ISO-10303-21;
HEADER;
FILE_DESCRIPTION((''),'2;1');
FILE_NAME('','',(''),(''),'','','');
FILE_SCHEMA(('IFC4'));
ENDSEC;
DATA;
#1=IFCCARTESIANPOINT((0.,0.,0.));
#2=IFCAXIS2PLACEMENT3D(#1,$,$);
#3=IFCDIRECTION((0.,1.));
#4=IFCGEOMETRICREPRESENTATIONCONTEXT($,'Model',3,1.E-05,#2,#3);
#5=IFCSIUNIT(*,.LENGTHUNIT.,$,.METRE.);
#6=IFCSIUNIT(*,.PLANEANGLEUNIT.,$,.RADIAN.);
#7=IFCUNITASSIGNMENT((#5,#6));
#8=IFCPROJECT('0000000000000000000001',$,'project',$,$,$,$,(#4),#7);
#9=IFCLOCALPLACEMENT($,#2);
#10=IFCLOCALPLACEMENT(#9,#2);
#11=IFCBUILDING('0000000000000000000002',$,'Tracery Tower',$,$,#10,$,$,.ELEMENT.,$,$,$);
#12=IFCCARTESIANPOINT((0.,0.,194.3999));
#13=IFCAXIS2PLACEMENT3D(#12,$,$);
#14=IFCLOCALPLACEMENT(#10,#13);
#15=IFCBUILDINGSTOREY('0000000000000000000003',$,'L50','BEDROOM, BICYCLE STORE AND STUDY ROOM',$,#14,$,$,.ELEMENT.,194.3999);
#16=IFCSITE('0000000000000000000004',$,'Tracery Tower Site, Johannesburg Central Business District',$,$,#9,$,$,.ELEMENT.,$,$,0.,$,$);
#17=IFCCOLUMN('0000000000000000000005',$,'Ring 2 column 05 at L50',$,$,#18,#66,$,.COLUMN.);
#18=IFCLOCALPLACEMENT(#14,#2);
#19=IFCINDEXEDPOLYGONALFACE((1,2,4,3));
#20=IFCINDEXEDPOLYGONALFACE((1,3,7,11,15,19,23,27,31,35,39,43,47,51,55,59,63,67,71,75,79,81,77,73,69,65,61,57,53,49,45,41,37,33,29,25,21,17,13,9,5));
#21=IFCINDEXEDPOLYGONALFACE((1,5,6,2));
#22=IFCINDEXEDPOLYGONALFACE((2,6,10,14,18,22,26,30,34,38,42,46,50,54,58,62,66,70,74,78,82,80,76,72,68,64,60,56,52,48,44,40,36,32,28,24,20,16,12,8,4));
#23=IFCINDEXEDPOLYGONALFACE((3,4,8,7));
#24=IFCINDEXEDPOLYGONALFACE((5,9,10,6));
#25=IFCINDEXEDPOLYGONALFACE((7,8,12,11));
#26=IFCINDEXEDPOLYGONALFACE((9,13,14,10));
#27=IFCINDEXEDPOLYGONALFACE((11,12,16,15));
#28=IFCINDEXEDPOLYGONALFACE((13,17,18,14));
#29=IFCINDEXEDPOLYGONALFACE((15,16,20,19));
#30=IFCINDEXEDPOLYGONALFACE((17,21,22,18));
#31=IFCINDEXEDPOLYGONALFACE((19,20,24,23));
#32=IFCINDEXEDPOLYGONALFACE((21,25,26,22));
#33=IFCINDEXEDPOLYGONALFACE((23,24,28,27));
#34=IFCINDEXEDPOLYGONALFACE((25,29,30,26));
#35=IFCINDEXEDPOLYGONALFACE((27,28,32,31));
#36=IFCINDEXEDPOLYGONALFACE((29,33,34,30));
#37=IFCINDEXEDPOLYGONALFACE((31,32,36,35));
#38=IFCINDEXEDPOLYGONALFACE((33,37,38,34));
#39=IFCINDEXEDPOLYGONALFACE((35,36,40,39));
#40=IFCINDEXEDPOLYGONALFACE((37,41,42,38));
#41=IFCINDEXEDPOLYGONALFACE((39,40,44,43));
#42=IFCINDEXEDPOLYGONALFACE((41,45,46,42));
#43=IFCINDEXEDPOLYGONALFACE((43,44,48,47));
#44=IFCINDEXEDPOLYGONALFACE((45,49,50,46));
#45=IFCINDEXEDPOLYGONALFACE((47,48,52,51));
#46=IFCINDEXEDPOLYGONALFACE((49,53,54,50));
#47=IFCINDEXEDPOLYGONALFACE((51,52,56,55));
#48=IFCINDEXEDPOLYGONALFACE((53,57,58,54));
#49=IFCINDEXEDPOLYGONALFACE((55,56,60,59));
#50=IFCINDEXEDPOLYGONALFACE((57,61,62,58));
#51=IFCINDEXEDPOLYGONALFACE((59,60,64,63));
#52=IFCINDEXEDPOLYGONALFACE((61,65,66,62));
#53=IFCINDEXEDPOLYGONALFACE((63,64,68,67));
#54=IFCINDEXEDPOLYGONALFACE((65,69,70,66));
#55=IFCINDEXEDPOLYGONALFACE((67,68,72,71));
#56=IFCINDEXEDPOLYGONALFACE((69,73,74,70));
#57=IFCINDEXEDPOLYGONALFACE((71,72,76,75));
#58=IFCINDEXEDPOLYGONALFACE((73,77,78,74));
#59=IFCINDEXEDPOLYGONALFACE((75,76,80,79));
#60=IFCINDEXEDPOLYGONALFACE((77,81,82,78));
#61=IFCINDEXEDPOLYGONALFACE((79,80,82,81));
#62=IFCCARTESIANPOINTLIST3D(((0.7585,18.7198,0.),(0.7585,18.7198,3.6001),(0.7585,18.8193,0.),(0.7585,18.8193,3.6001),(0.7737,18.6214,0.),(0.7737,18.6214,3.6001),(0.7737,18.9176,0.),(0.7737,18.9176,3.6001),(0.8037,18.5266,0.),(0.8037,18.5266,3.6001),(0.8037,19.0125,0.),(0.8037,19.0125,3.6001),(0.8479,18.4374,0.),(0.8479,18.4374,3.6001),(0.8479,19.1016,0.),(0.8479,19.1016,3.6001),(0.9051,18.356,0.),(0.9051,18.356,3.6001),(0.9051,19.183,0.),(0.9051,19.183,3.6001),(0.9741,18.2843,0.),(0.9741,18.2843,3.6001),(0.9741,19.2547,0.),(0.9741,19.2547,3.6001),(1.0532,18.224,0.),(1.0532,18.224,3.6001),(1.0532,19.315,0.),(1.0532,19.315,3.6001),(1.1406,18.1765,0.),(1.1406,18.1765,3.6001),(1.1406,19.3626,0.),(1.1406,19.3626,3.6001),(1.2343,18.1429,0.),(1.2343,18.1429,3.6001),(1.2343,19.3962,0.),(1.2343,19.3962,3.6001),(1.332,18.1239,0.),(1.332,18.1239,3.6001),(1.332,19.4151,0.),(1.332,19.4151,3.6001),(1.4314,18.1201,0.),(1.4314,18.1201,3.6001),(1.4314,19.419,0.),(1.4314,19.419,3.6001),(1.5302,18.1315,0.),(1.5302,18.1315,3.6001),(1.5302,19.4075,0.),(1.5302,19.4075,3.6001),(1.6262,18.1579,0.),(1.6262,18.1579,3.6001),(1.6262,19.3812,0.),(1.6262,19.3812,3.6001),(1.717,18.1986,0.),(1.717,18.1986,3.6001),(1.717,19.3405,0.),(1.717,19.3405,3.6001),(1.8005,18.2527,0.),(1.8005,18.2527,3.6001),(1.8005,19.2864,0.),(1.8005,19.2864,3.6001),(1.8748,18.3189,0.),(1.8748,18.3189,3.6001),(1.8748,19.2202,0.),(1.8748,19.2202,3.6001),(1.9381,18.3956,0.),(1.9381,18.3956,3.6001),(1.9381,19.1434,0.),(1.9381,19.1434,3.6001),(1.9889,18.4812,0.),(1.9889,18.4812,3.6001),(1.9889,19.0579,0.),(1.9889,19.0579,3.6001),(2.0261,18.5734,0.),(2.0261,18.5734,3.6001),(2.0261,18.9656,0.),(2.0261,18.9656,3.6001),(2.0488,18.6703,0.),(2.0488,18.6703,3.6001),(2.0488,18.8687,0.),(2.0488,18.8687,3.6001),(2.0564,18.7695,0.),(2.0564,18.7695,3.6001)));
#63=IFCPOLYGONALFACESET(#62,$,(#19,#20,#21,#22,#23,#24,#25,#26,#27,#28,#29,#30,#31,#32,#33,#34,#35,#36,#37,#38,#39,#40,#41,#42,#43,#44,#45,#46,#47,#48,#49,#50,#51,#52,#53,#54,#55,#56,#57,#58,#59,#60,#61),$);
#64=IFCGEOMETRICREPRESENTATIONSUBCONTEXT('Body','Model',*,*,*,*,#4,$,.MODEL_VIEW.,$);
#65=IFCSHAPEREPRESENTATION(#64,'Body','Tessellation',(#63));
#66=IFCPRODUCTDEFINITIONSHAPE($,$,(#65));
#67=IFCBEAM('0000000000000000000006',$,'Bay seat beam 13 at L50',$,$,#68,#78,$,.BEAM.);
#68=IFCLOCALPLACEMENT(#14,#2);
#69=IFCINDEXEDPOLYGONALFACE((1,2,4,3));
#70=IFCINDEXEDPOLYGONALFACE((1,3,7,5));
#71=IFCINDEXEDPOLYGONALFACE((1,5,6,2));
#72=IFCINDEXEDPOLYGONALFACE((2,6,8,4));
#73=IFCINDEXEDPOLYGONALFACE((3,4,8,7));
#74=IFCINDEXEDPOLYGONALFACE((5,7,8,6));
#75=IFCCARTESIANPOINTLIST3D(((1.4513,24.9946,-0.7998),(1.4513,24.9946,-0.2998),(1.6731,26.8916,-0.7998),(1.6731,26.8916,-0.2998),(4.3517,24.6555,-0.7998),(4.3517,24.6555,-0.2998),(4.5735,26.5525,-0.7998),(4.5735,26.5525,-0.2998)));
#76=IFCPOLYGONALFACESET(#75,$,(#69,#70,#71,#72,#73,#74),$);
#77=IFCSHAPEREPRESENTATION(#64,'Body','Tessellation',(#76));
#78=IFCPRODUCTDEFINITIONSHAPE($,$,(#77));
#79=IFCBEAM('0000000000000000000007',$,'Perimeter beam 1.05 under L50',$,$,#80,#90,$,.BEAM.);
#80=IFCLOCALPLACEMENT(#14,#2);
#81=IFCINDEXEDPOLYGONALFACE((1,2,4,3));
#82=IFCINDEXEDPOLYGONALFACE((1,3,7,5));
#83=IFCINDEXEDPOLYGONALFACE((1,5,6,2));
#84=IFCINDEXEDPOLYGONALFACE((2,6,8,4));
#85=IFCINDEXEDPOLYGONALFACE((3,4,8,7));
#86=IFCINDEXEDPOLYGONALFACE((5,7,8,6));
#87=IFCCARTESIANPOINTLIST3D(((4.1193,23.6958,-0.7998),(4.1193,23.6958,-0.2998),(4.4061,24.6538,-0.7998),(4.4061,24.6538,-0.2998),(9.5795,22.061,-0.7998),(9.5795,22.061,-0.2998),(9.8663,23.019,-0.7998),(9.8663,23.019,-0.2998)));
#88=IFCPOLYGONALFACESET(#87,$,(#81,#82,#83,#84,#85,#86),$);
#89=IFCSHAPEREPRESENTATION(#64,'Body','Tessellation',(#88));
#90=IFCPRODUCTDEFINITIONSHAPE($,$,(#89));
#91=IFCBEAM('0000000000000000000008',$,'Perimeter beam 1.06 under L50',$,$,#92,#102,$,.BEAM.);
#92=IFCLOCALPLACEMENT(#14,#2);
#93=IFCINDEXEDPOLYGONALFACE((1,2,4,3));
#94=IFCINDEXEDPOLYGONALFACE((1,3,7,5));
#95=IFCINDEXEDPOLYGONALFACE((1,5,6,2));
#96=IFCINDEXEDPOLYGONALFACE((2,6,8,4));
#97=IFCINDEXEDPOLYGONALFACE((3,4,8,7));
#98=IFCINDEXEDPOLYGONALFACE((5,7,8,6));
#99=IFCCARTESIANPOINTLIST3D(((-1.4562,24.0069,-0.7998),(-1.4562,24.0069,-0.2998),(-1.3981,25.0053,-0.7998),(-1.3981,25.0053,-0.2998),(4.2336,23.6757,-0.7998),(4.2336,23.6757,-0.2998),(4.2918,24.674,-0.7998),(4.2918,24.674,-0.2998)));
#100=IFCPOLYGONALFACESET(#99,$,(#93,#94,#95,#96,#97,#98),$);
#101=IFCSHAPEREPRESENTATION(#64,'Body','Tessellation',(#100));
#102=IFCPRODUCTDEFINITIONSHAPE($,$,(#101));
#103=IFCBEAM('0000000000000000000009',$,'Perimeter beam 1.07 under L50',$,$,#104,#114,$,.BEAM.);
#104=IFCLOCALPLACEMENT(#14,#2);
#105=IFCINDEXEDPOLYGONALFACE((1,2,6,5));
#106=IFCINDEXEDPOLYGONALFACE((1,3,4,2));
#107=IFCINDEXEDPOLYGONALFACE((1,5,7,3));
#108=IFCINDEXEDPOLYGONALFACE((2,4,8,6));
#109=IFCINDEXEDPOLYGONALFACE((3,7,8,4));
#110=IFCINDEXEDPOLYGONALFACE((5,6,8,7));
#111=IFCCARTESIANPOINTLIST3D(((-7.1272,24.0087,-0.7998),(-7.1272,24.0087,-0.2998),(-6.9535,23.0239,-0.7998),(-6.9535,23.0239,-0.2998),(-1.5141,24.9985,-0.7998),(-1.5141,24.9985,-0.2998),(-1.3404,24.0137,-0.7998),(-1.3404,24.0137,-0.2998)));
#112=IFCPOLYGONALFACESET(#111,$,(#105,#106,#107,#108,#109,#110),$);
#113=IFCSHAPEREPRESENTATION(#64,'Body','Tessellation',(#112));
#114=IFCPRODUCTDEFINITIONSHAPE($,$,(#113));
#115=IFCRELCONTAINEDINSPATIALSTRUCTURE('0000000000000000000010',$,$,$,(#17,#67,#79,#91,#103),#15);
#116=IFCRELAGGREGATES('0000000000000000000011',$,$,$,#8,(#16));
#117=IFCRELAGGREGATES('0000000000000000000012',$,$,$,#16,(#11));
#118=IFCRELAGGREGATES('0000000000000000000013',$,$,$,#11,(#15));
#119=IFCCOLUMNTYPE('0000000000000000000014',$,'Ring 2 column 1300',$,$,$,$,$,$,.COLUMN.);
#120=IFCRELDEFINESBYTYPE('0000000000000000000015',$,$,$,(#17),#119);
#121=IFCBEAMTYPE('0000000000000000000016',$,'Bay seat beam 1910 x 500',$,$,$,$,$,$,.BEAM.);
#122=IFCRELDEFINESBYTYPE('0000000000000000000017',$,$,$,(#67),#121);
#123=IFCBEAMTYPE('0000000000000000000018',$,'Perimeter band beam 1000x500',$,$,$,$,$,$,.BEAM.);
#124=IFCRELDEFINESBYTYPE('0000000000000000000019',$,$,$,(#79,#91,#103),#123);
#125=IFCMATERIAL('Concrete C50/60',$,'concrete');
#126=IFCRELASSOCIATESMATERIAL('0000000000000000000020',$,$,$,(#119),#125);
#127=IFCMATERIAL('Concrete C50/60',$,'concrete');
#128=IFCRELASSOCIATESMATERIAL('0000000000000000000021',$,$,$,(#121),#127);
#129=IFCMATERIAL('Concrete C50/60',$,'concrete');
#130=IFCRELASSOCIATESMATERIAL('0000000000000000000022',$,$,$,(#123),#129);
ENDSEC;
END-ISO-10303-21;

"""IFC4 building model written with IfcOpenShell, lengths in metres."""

from ifc_helpers import new_model, si_unit, direction, frame, origin, origin_2d, place, context, subcontext, project, spatial, rectangle, circle, extrude, material, material_profile, profile_set, type_object, element, save


model = new_model("IFC4")

# Units and contexts
model_context = context("Model", 3, precision=1e-05, world=origin(), true_north=direction((0.0, 1.0)))
body_context = subcontext(model_context, "Body", "Model", "MODEL_VIEW")
ifc_project = project(units=[si_unit("LENGTHUNIT", "METRE"), si_unit("PLANEANGLEUNIT", "RADIAN")], contexts=[model_context])

# Site, building, storey
site_placement = place(None, origin())
site = spatial("IfcSite", under=ifc_project, at=site_placement, Name="Tracery Tower Site, Johannesburg Central Business District", CompositionType="ELEMENT", RefElevation=0.0)
building_placement = place(site_placement, origin())
building = spatial("IfcBuilding", under=site, at=building_placement, Name="Tracery Tower", CompositionType="ELEMENT")
storey_placement = place(building_placement, frame((0.0, 0.0, 194.3999)))
storey = spatial("IfcBuildingStorey", under=building, at=storey_placement, Name="L50", Description="BEDROOM, BICYCLE STORE AND STUDY ROOM", CompositionType="ELEMENT", Elevation=194.3999)

# Column
ifc_material_1 = material(Name="Concrete C50/60", Category="concrete")
ifc_material_profile_1 = material_profile(ifc_material_1, circle(Radius=0.6499, at=origin_2d()), Name="RC D1300")
ifc_profile_set_1 = profile_set([ifc_material_profile_1], Name="Concrete C50/60")
column_type_1 = type_object("IfcColumnType", Name="Ring 2 column 1300", PredefinedType="COLUMN", material=ifc_profile_set_1)
for number, where, z_axis, x_axis, name in (
    (1, (1.4065, 18.7695, 0.0), (0.0, 0.0, 1.0), (1.0, 0.0, 0.0), "Ring 2 column 05 at L50"),
):
    element("IfcColumn", number, at=place(storey_placement, frame(where, z_axis=z_axis, x_axis=x_axis)), inside=storey, type_object=column_type_1, Name=name, PredefinedType="COLUMN", context=body_context, shape_type="SweptSolid", body=[
        extrude(circle(Radius=0.6499, at=origin_2d()), origin(), (0.0, 0.0, 1.0), 3.6001),
    ])

# Beams
ifc_material_2 = material(Name="Concrete C50/60", Category="concrete")
ifc_material_profile_2 = material_profile(ifc_material_2, rectangle(XDim=1.9099, YDim=0.5, at=origin_2d()), Name="RC 1910x500")
ifc_profile_set_2 = profile_set([ifc_material_profile_2], Name="Concrete C50/60")
beam_type_1 = type_object("IfcBeamType", Name="Bay seat beam 1910 x 500", PredefinedType="BEAM", material=ifc_profile_set_2)
beam_1_placement = place(storey_placement, frame((4.4626, 25.604, -0.5498), z_axis=(-0.993234, 0.116128, 0.0), x_axis=(-0.116128, -0.993234, 0.0)))
element("IfcBeam", 2, at=beam_1_placement, inside=storey, type_object=beam_type_1, Name="Bay seat beam 13 at L50", PredefinedType="BEAM", context=body_context, shape_type="SweptSolid", body=[
    extrude(rectangle(XDim=1.9099, YDim=0.5, at=origin_2d()), origin(), (0.0, 0.0, 1.0), 2.9202),
])
ifc_material_3 = material(Name="Concrete C50/60", Category="concrete")
ifc_material_profile_3 = material_profile(ifc_material_3, rectangle(XDim=1.0, YDim=0.5, at=origin_2d()), Name="RC 1000x500")
ifc_profile_set_3 = profile_set([ifc_material_profile_3], Name="Concrete C50/60")
beam_type_2 = type_object("IfcBeamType", Name="Perimeter band beam 1000x500", PredefinedType="BEAM", material=ifc_profile_set_3)
beam_2_placement = place(storey_placement, frame((9.7229, 22.54, -0.5498), z_axis=(-0.957985, 0.286817, 0.0), x_axis=(-0.286817, -0.957985, 0.0)))
element("IfcBeam", 3, at=beam_2_placement, inside=storey, type_object=beam_type_2, Name="Perimeter beam 1.05 under L50", PredefinedType="BEAM", context=body_context, shape_type="SweptSolid", body=[
    extrude(rectangle(XDim=1.0, YDim=0.5, at=origin_2d()), origin(), (0.0, 0.0, 1.0), 5.6997),
])
beam_3_placement = place(storey_placement, frame((4.2627, 24.1748, -0.5498), z_axis=(-0.998309, 0.058127, 0.0), x_axis=(-0.058127, -0.998309, 0.0)))
element("IfcBeam", 4, at=beam_3_placement, inside=storey, type_object=beam_type_2, Name="Perimeter beam 1.06 under L50", PredefinedType="BEAM", context=body_context, shape_type="SweptSolid", body=[
    extrude(rectangle(XDim=1.0, YDim=0.5, at=origin_2d()), origin(), (0.0, 0.0, 1.0), 5.6995),
])
beam_4_placement = place(storey_placement, frame((-1.4272, 24.5061, -0.5498), z_axis=(-0.984807, -0.173651, 0.0), x_axis=(0.173651, -0.984807, 0.0)))
element("IfcBeam", 5, at=beam_4_placement, inside=storey, type_object=beam_type_2, Name="Perimeter beam 1.07 under L50", PredefinedType="BEAM", context=body_context, shape_type="SweptSolid", body=[
    extrude(rectangle(XDim=1.0, YDim=0.5, at=origin_2d()), origin(), (0.0, 0.0, 1.0), 5.6997),
])

save(model, "model.ifc")
